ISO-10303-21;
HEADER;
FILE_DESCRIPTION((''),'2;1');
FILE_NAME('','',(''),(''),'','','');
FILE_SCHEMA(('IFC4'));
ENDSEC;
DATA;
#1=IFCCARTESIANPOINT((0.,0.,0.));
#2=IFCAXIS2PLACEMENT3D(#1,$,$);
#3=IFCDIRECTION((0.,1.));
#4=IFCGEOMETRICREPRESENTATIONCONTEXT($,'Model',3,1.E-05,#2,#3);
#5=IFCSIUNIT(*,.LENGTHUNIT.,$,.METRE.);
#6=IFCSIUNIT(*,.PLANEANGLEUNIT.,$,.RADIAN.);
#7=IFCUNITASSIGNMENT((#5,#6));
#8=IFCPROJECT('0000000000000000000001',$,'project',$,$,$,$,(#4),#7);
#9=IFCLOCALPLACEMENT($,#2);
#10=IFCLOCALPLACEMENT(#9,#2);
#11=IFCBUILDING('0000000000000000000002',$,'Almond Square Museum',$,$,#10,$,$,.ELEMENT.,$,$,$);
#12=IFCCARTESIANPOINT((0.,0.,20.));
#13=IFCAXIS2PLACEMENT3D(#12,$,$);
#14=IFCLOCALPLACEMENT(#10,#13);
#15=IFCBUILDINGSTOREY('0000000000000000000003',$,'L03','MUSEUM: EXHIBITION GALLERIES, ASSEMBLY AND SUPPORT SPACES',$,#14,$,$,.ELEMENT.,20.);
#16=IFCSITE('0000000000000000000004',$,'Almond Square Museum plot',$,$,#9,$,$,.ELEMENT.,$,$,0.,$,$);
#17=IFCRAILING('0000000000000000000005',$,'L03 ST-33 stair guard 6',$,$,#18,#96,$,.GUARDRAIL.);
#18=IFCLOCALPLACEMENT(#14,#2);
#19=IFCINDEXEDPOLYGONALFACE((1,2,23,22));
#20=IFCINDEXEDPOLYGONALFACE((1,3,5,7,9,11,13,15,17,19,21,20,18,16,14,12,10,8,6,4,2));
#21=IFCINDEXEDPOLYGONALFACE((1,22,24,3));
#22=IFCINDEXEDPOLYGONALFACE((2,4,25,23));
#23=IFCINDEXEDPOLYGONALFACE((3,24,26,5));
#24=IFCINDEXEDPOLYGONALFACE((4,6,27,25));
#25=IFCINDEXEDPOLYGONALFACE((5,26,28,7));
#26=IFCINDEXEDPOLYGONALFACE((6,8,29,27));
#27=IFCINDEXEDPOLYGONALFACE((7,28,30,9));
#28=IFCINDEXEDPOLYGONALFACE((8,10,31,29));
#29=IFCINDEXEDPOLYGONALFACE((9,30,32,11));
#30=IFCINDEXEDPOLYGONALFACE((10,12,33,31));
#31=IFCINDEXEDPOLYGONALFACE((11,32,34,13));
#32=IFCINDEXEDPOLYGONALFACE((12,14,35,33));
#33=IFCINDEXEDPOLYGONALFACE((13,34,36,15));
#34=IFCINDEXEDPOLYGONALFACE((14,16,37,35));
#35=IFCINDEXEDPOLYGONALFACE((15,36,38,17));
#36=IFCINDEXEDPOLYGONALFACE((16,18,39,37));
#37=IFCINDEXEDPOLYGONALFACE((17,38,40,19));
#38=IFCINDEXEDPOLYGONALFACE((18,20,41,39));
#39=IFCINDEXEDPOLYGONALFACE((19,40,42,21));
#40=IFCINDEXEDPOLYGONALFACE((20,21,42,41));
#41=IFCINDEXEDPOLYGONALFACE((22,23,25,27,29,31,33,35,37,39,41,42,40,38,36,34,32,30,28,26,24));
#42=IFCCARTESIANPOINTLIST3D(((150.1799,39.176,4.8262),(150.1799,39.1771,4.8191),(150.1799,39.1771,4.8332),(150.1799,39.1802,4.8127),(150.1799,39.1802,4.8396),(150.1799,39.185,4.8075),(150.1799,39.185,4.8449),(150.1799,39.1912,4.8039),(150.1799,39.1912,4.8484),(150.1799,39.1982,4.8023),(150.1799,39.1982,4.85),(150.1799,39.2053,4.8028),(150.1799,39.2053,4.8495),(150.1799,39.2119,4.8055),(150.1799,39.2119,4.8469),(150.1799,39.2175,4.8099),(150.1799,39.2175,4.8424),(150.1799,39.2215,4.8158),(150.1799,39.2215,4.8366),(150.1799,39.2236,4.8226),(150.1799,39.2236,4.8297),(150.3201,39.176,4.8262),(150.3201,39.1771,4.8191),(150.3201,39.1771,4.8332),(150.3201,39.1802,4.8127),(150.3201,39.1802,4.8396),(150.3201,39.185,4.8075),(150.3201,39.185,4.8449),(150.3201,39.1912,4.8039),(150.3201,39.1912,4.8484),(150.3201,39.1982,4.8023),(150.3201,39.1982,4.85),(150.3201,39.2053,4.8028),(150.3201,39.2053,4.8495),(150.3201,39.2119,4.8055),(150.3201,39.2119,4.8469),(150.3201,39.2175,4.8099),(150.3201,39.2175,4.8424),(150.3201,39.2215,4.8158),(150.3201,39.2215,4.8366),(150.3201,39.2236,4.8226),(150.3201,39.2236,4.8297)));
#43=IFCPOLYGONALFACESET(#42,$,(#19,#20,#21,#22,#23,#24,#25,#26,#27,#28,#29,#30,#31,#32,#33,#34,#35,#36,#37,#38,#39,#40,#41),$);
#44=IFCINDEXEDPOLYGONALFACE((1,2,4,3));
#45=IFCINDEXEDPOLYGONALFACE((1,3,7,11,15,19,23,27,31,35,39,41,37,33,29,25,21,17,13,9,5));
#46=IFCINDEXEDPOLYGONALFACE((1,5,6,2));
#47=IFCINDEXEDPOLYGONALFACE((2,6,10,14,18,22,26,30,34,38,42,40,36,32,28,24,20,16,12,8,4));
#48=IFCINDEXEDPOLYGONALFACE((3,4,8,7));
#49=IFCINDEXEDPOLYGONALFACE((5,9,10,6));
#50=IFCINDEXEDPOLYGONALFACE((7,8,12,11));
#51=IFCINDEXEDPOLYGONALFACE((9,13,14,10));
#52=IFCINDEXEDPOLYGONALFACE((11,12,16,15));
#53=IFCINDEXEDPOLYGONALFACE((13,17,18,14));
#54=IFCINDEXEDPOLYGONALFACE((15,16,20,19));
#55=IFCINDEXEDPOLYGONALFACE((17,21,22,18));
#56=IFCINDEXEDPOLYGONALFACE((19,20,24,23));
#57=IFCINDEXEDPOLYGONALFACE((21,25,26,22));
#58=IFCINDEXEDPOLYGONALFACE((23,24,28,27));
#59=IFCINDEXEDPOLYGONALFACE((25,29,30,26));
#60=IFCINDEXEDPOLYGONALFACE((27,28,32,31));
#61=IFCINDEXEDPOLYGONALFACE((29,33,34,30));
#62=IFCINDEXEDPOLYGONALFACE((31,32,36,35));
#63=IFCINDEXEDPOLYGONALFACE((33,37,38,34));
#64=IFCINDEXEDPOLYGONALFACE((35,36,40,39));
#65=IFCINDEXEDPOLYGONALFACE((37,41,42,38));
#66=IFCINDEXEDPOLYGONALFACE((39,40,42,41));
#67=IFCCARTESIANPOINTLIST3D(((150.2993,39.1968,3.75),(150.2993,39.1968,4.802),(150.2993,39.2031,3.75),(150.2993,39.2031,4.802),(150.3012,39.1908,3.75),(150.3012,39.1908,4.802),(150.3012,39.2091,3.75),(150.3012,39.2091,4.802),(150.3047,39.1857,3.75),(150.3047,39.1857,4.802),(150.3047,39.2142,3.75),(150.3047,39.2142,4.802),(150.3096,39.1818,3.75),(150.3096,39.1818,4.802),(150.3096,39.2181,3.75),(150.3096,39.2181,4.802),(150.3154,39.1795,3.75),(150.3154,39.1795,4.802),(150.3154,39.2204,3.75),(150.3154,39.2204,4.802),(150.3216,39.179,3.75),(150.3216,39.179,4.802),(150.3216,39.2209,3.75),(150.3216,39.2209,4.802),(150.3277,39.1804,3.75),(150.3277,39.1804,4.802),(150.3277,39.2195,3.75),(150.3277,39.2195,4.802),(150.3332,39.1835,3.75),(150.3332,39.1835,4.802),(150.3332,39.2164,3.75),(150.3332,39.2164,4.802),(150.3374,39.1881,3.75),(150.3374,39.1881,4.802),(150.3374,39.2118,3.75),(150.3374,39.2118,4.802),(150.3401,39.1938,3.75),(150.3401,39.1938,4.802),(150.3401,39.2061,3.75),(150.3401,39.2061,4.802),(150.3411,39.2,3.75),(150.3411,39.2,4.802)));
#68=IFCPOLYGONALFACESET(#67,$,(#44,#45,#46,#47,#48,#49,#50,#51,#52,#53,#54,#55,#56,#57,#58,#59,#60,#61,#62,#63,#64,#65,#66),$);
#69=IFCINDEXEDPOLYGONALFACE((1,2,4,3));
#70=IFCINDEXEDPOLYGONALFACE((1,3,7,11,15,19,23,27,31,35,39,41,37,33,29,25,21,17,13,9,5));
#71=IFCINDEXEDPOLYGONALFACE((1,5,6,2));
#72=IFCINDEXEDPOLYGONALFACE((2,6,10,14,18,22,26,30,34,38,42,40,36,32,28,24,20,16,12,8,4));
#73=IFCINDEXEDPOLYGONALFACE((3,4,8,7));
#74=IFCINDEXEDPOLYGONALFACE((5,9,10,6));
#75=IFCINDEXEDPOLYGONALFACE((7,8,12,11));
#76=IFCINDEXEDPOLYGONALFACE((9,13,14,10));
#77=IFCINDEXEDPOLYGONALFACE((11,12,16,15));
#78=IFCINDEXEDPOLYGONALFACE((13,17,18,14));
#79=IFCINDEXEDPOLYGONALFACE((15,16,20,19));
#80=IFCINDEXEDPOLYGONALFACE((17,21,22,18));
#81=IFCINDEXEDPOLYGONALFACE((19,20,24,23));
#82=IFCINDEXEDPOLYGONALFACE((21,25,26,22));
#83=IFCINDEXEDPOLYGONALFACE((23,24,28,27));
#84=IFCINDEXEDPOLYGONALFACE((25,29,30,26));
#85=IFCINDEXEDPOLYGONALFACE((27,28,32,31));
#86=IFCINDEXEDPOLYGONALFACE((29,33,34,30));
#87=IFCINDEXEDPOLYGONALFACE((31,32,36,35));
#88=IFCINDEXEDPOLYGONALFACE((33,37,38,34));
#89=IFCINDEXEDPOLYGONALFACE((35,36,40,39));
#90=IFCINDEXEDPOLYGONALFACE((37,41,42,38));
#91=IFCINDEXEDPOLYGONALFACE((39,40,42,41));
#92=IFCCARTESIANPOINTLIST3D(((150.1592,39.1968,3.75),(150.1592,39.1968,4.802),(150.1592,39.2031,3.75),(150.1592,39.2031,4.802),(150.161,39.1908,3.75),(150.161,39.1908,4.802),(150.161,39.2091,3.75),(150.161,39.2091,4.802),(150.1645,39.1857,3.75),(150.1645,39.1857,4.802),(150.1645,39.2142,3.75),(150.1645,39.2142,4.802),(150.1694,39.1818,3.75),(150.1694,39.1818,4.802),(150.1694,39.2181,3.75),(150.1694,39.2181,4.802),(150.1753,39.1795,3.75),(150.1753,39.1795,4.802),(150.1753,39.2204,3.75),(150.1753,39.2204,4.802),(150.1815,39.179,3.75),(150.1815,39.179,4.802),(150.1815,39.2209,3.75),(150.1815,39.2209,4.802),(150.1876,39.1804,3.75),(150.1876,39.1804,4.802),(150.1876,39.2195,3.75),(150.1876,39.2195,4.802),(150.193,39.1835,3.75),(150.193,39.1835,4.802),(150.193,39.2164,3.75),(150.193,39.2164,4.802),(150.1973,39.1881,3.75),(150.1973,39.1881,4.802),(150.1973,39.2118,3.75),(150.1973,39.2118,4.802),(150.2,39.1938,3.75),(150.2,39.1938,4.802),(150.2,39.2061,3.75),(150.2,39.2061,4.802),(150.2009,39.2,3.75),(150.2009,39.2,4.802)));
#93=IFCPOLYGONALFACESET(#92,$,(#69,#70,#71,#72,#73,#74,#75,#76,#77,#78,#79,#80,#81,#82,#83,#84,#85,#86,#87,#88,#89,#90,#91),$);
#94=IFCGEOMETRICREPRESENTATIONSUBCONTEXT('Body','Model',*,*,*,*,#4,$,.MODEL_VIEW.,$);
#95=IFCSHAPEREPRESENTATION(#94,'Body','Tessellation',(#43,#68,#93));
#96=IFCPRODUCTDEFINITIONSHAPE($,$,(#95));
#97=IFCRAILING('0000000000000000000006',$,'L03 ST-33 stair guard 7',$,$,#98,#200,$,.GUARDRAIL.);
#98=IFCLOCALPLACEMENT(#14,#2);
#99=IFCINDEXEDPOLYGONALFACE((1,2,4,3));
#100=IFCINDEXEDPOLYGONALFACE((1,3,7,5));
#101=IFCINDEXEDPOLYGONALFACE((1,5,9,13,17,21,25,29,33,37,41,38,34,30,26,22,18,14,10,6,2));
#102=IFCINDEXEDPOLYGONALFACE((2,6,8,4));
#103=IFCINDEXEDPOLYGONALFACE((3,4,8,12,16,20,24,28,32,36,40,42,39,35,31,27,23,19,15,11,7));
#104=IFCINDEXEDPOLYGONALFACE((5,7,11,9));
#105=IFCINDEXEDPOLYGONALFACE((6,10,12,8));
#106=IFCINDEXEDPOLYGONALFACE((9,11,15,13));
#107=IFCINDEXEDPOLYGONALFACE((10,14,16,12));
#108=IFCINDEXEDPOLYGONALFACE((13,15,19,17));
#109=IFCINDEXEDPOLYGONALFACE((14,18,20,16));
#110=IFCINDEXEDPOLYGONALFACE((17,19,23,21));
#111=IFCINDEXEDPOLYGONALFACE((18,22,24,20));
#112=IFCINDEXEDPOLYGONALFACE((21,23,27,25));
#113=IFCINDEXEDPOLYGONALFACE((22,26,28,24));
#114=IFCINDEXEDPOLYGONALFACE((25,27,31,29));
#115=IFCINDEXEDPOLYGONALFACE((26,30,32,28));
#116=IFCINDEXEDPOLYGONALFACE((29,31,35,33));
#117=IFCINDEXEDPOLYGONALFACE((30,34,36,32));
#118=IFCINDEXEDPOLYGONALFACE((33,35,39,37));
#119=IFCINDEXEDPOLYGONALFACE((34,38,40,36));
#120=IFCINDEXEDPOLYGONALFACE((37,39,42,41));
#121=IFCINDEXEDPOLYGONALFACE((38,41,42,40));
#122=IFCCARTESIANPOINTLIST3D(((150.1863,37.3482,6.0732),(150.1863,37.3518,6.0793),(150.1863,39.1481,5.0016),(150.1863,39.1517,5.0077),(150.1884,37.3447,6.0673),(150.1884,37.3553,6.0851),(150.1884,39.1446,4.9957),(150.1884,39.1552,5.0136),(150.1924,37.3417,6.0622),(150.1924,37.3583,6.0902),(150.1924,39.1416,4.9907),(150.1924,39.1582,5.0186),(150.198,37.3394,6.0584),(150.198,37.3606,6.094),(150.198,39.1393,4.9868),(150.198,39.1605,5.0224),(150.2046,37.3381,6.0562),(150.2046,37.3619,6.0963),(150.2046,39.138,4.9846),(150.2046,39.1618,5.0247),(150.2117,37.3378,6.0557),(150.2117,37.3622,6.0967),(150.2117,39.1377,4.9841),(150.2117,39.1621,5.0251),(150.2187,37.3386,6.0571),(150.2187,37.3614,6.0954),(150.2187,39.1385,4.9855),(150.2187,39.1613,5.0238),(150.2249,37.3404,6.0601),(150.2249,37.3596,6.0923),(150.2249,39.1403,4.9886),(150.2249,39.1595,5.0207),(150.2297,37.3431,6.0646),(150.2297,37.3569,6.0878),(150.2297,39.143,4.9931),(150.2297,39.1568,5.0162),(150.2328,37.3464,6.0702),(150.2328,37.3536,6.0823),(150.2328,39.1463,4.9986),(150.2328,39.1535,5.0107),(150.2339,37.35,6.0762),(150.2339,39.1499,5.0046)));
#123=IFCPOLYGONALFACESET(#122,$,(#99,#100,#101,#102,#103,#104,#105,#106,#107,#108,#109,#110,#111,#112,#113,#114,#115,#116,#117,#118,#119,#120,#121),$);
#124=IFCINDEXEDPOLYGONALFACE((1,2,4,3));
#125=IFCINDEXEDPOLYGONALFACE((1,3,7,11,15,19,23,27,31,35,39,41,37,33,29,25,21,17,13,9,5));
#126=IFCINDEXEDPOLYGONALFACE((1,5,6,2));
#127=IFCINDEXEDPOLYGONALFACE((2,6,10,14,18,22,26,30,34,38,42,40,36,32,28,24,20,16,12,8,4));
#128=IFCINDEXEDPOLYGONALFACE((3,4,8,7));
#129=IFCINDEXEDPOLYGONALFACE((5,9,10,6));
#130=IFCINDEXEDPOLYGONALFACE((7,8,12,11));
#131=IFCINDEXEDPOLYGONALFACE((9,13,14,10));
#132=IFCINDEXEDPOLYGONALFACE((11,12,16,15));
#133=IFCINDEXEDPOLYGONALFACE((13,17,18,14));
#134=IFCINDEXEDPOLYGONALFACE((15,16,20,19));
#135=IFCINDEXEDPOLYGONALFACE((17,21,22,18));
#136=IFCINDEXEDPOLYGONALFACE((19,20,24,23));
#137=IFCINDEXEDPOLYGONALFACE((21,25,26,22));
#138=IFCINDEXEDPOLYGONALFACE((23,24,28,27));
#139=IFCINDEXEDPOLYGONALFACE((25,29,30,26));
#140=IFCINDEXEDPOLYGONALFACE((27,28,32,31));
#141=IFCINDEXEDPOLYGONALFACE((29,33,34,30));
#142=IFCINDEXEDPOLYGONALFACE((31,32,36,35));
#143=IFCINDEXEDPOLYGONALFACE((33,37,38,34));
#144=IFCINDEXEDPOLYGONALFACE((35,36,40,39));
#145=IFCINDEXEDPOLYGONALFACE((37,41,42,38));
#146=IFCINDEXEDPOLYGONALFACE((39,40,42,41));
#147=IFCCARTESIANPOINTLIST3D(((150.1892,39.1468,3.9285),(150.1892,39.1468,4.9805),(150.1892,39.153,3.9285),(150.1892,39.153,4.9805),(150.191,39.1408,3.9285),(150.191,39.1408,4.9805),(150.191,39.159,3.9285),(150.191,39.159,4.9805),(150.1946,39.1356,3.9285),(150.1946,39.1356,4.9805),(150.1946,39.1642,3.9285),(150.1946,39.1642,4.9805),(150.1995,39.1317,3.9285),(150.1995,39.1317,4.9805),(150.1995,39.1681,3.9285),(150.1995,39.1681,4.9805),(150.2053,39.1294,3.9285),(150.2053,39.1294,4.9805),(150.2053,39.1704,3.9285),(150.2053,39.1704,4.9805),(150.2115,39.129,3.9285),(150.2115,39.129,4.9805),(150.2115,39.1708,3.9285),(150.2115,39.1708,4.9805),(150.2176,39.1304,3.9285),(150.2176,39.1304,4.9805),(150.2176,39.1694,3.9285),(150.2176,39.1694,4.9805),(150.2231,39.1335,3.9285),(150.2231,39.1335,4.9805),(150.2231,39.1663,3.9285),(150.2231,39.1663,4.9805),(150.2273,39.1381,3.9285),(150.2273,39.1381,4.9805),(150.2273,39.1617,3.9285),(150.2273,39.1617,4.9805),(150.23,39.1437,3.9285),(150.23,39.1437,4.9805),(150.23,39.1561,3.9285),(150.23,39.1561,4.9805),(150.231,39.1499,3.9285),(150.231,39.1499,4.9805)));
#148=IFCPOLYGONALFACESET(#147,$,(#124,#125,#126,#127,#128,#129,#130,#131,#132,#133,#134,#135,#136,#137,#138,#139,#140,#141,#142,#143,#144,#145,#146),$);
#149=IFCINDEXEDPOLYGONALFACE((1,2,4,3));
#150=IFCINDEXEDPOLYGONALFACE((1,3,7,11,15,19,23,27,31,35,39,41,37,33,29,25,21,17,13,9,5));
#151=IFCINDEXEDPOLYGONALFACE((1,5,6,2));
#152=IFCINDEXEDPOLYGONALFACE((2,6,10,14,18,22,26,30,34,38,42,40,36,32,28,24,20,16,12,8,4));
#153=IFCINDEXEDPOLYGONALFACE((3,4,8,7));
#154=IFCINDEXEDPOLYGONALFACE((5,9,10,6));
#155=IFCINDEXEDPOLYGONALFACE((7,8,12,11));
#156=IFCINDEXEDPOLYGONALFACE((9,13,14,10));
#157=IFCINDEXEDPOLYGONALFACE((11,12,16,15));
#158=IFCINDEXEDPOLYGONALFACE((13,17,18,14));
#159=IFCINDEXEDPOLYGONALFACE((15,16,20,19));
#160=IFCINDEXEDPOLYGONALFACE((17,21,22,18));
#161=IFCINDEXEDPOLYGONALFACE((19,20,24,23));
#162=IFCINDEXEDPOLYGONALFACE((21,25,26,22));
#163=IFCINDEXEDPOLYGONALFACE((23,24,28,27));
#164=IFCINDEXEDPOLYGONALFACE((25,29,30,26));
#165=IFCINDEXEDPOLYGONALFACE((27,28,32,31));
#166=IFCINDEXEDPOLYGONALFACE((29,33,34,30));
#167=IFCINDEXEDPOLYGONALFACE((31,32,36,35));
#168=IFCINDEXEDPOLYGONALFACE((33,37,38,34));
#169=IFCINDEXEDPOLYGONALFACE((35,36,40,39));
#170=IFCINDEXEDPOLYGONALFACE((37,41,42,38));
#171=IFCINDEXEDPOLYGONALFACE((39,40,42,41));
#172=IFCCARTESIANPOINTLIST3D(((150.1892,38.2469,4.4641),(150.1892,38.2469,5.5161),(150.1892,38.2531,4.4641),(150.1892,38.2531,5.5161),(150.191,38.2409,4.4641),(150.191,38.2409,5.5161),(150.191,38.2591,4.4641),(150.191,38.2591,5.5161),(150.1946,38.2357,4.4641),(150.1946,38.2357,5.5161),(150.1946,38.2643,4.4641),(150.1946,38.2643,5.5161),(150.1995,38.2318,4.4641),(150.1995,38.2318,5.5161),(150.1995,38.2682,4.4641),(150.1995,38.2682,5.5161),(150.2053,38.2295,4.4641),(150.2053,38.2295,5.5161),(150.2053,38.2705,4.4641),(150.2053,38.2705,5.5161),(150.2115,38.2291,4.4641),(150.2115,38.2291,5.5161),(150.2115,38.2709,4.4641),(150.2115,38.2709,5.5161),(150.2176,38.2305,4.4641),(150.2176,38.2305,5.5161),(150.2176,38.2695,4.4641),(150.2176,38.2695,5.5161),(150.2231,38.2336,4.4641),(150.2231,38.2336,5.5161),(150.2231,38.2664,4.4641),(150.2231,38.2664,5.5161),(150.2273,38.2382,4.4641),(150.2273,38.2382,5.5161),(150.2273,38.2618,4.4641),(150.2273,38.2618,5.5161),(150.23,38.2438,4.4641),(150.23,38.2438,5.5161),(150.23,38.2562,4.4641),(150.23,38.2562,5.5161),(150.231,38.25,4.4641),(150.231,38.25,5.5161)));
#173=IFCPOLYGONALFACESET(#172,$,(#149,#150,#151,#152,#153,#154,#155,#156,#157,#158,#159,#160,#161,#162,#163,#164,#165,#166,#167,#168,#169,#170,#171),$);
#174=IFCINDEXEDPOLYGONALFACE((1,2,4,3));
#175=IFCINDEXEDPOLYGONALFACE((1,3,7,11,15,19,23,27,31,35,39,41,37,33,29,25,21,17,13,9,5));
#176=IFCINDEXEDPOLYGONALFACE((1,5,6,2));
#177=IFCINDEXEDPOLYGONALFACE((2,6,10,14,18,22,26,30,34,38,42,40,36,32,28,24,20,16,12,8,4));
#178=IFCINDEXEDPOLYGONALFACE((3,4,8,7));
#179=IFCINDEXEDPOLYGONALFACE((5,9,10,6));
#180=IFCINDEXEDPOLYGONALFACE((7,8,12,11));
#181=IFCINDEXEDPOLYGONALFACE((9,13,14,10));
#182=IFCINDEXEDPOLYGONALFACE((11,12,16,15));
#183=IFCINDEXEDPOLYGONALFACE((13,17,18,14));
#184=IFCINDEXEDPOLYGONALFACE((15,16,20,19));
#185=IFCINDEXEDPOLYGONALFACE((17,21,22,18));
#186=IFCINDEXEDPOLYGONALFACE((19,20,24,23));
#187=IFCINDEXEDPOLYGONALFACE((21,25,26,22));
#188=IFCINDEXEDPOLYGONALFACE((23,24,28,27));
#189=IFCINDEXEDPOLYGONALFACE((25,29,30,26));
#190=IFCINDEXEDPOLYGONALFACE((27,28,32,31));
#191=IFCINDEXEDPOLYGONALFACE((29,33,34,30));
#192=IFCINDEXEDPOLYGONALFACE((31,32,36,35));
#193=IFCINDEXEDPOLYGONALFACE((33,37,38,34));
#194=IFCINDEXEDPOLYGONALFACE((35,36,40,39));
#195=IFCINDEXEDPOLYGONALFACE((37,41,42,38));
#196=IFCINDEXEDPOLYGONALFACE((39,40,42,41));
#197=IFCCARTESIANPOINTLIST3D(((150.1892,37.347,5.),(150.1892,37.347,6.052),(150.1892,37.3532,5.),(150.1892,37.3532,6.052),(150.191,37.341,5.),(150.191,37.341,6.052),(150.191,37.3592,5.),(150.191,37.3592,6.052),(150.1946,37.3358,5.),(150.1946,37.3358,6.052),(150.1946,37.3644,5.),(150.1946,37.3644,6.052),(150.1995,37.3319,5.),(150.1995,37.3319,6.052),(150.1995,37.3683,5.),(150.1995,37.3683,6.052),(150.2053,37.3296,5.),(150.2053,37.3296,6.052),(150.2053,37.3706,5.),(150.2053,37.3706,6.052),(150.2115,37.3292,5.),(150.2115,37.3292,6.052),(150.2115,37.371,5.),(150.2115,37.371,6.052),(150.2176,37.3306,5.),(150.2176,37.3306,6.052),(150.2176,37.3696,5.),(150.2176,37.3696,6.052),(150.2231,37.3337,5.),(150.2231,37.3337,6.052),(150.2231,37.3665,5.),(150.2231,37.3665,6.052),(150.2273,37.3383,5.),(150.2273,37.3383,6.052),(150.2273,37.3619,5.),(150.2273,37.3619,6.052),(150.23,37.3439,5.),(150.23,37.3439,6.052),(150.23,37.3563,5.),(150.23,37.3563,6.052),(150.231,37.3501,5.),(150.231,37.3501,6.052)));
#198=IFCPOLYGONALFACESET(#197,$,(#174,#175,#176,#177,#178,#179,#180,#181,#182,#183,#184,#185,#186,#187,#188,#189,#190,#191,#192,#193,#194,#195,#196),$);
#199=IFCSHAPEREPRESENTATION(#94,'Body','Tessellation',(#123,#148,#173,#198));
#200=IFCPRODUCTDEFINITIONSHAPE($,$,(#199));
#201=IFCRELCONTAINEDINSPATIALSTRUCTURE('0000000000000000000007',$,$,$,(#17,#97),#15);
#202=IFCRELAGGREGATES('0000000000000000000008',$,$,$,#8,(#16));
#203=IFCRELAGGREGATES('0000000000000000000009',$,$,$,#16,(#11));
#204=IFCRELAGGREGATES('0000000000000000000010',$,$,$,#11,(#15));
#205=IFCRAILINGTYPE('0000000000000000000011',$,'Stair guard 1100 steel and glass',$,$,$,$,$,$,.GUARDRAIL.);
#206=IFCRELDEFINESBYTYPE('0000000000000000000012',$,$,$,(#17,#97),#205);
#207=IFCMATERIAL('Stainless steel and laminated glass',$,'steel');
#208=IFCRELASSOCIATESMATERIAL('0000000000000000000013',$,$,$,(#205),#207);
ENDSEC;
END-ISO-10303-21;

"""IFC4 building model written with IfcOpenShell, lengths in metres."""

from ifc_helpers import new_model, si_unit, direction, frame, origin, origin_2d, place, context, subcontext, project, spatial, circle, extrude, material, type_object, element, save


model = new_model("IFC4")

# Units and contexts
model_context = context("Model", 3, precision=1e-05, world=origin(), true_north=direction((0.0, 1.0)))
body_context = subcontext(model_context, "Body", "Model", "MODEL_VIEW")
ifc_project = project(units=[si_unit("LENGTHUNIT", "METRE"), si_unit("PLANEANGLEUNIT", "RADIAN")], contexts=[model_context])

# Site, building, storey
site_placement = place(None, origin())
site = spatial("IfcSite", under=ifc_project, at=site_placement, Name="Almond Square Museum plot", CompositionType="ELEMENT", RefElevation=0.0)
building_placement = place(site_placement, origin())
building = spatial("IfcBuilding", under=site, at=building_placement, Name="Almond Square Museum", CompositionType="ELEMENT")
storey_placement = place(building_placement, frame((0.0, 0.0, 20.0)))
storey = spatial("IfcBuildingStorey", under=building, at=storey_placement, Name="L03", Description="MUSEUM: EXHIBITION GALLERIES, ASSEMBLY AND SUPPORT SPACES", CompositionType="ELEMENT", Elevation=20.0)

# Railings
ifc_material_1 = material(Name="Stainless steel and laminated glass", Category="steel")
railing_type_1 = type_object("IfcRailingType", Name="Stair guard 1100 steel and glass", PredefinedType="GUARDRAIL", material=ifc_material_1)
railing_1_placement = place(storey_placement, frame((150.3201, 39.2, 3.75)))
element("IfcRailing", 1, at=railing_1_placement, inside=storey, type_object=railing_type_1, Name="L03 ST-33 stair guard 6", PredefinedType="GUARDRAIL", context=body_context, shape_type="SweptSolid", body=[
    extrude(circle(Radius=0.0239, at=origin_2d()), frame((0.0, 0.0, 1.0762), z_axis=(-1.0, 0.0, 0.0), x_axis=(0.0, -1.0, 0.0)), (0.0, 0.0, 1.0), 0.1401),
    extrude(circle(Radius=0.021, at=origin_2d()), origin(), (0.0, 0.0, 1.0), 1.052),
    extrude(circle(Radius=0.021, at=origin_2d()), frame((-0.1401, 0.0, 0.0)), (0.0, 0.0, 1.0), 1.052),
])
railing_2_placement = place(storey_placement, frame((150.21, 39.1499, 3.9285)))
element("IfcRailing", 2, at=railing_2_placement, inside=storey, type_object=railing_type_1, Name="L03 ST-33 stair guard 7", PredefinedType="GUARDRAIL", context=body_context, shape_type="SweptSolid", body=[
    extrude(circle(Radius=0.0239, at=origin_2d()), frame((0.0, 0.0, 1.0762), z_axis=(0.0, -0.859247, 0.511562), x_axis=(1.0, 0.0, 0.0)), (0.0, 0.0, 1.0), 2.0947),
    extrude(circle(Radius=0.021, at=origin_2d()), origin(), (0.0, 0.0, 1.0), 1.052),
    extrude(circle(Radius=0.021, at=origin_2d()), frame((0.0, -0.8999, 0.5356)), (0.0, 0.0, 1.0), 1.052),
    extrude(circle(Radius=0.021, at=origin_2d()), frame((0.0, -1.7998, 1.0715)), (0.0, 0.0, 1.0), 1.052),
])

save(model, "model.ifc")
